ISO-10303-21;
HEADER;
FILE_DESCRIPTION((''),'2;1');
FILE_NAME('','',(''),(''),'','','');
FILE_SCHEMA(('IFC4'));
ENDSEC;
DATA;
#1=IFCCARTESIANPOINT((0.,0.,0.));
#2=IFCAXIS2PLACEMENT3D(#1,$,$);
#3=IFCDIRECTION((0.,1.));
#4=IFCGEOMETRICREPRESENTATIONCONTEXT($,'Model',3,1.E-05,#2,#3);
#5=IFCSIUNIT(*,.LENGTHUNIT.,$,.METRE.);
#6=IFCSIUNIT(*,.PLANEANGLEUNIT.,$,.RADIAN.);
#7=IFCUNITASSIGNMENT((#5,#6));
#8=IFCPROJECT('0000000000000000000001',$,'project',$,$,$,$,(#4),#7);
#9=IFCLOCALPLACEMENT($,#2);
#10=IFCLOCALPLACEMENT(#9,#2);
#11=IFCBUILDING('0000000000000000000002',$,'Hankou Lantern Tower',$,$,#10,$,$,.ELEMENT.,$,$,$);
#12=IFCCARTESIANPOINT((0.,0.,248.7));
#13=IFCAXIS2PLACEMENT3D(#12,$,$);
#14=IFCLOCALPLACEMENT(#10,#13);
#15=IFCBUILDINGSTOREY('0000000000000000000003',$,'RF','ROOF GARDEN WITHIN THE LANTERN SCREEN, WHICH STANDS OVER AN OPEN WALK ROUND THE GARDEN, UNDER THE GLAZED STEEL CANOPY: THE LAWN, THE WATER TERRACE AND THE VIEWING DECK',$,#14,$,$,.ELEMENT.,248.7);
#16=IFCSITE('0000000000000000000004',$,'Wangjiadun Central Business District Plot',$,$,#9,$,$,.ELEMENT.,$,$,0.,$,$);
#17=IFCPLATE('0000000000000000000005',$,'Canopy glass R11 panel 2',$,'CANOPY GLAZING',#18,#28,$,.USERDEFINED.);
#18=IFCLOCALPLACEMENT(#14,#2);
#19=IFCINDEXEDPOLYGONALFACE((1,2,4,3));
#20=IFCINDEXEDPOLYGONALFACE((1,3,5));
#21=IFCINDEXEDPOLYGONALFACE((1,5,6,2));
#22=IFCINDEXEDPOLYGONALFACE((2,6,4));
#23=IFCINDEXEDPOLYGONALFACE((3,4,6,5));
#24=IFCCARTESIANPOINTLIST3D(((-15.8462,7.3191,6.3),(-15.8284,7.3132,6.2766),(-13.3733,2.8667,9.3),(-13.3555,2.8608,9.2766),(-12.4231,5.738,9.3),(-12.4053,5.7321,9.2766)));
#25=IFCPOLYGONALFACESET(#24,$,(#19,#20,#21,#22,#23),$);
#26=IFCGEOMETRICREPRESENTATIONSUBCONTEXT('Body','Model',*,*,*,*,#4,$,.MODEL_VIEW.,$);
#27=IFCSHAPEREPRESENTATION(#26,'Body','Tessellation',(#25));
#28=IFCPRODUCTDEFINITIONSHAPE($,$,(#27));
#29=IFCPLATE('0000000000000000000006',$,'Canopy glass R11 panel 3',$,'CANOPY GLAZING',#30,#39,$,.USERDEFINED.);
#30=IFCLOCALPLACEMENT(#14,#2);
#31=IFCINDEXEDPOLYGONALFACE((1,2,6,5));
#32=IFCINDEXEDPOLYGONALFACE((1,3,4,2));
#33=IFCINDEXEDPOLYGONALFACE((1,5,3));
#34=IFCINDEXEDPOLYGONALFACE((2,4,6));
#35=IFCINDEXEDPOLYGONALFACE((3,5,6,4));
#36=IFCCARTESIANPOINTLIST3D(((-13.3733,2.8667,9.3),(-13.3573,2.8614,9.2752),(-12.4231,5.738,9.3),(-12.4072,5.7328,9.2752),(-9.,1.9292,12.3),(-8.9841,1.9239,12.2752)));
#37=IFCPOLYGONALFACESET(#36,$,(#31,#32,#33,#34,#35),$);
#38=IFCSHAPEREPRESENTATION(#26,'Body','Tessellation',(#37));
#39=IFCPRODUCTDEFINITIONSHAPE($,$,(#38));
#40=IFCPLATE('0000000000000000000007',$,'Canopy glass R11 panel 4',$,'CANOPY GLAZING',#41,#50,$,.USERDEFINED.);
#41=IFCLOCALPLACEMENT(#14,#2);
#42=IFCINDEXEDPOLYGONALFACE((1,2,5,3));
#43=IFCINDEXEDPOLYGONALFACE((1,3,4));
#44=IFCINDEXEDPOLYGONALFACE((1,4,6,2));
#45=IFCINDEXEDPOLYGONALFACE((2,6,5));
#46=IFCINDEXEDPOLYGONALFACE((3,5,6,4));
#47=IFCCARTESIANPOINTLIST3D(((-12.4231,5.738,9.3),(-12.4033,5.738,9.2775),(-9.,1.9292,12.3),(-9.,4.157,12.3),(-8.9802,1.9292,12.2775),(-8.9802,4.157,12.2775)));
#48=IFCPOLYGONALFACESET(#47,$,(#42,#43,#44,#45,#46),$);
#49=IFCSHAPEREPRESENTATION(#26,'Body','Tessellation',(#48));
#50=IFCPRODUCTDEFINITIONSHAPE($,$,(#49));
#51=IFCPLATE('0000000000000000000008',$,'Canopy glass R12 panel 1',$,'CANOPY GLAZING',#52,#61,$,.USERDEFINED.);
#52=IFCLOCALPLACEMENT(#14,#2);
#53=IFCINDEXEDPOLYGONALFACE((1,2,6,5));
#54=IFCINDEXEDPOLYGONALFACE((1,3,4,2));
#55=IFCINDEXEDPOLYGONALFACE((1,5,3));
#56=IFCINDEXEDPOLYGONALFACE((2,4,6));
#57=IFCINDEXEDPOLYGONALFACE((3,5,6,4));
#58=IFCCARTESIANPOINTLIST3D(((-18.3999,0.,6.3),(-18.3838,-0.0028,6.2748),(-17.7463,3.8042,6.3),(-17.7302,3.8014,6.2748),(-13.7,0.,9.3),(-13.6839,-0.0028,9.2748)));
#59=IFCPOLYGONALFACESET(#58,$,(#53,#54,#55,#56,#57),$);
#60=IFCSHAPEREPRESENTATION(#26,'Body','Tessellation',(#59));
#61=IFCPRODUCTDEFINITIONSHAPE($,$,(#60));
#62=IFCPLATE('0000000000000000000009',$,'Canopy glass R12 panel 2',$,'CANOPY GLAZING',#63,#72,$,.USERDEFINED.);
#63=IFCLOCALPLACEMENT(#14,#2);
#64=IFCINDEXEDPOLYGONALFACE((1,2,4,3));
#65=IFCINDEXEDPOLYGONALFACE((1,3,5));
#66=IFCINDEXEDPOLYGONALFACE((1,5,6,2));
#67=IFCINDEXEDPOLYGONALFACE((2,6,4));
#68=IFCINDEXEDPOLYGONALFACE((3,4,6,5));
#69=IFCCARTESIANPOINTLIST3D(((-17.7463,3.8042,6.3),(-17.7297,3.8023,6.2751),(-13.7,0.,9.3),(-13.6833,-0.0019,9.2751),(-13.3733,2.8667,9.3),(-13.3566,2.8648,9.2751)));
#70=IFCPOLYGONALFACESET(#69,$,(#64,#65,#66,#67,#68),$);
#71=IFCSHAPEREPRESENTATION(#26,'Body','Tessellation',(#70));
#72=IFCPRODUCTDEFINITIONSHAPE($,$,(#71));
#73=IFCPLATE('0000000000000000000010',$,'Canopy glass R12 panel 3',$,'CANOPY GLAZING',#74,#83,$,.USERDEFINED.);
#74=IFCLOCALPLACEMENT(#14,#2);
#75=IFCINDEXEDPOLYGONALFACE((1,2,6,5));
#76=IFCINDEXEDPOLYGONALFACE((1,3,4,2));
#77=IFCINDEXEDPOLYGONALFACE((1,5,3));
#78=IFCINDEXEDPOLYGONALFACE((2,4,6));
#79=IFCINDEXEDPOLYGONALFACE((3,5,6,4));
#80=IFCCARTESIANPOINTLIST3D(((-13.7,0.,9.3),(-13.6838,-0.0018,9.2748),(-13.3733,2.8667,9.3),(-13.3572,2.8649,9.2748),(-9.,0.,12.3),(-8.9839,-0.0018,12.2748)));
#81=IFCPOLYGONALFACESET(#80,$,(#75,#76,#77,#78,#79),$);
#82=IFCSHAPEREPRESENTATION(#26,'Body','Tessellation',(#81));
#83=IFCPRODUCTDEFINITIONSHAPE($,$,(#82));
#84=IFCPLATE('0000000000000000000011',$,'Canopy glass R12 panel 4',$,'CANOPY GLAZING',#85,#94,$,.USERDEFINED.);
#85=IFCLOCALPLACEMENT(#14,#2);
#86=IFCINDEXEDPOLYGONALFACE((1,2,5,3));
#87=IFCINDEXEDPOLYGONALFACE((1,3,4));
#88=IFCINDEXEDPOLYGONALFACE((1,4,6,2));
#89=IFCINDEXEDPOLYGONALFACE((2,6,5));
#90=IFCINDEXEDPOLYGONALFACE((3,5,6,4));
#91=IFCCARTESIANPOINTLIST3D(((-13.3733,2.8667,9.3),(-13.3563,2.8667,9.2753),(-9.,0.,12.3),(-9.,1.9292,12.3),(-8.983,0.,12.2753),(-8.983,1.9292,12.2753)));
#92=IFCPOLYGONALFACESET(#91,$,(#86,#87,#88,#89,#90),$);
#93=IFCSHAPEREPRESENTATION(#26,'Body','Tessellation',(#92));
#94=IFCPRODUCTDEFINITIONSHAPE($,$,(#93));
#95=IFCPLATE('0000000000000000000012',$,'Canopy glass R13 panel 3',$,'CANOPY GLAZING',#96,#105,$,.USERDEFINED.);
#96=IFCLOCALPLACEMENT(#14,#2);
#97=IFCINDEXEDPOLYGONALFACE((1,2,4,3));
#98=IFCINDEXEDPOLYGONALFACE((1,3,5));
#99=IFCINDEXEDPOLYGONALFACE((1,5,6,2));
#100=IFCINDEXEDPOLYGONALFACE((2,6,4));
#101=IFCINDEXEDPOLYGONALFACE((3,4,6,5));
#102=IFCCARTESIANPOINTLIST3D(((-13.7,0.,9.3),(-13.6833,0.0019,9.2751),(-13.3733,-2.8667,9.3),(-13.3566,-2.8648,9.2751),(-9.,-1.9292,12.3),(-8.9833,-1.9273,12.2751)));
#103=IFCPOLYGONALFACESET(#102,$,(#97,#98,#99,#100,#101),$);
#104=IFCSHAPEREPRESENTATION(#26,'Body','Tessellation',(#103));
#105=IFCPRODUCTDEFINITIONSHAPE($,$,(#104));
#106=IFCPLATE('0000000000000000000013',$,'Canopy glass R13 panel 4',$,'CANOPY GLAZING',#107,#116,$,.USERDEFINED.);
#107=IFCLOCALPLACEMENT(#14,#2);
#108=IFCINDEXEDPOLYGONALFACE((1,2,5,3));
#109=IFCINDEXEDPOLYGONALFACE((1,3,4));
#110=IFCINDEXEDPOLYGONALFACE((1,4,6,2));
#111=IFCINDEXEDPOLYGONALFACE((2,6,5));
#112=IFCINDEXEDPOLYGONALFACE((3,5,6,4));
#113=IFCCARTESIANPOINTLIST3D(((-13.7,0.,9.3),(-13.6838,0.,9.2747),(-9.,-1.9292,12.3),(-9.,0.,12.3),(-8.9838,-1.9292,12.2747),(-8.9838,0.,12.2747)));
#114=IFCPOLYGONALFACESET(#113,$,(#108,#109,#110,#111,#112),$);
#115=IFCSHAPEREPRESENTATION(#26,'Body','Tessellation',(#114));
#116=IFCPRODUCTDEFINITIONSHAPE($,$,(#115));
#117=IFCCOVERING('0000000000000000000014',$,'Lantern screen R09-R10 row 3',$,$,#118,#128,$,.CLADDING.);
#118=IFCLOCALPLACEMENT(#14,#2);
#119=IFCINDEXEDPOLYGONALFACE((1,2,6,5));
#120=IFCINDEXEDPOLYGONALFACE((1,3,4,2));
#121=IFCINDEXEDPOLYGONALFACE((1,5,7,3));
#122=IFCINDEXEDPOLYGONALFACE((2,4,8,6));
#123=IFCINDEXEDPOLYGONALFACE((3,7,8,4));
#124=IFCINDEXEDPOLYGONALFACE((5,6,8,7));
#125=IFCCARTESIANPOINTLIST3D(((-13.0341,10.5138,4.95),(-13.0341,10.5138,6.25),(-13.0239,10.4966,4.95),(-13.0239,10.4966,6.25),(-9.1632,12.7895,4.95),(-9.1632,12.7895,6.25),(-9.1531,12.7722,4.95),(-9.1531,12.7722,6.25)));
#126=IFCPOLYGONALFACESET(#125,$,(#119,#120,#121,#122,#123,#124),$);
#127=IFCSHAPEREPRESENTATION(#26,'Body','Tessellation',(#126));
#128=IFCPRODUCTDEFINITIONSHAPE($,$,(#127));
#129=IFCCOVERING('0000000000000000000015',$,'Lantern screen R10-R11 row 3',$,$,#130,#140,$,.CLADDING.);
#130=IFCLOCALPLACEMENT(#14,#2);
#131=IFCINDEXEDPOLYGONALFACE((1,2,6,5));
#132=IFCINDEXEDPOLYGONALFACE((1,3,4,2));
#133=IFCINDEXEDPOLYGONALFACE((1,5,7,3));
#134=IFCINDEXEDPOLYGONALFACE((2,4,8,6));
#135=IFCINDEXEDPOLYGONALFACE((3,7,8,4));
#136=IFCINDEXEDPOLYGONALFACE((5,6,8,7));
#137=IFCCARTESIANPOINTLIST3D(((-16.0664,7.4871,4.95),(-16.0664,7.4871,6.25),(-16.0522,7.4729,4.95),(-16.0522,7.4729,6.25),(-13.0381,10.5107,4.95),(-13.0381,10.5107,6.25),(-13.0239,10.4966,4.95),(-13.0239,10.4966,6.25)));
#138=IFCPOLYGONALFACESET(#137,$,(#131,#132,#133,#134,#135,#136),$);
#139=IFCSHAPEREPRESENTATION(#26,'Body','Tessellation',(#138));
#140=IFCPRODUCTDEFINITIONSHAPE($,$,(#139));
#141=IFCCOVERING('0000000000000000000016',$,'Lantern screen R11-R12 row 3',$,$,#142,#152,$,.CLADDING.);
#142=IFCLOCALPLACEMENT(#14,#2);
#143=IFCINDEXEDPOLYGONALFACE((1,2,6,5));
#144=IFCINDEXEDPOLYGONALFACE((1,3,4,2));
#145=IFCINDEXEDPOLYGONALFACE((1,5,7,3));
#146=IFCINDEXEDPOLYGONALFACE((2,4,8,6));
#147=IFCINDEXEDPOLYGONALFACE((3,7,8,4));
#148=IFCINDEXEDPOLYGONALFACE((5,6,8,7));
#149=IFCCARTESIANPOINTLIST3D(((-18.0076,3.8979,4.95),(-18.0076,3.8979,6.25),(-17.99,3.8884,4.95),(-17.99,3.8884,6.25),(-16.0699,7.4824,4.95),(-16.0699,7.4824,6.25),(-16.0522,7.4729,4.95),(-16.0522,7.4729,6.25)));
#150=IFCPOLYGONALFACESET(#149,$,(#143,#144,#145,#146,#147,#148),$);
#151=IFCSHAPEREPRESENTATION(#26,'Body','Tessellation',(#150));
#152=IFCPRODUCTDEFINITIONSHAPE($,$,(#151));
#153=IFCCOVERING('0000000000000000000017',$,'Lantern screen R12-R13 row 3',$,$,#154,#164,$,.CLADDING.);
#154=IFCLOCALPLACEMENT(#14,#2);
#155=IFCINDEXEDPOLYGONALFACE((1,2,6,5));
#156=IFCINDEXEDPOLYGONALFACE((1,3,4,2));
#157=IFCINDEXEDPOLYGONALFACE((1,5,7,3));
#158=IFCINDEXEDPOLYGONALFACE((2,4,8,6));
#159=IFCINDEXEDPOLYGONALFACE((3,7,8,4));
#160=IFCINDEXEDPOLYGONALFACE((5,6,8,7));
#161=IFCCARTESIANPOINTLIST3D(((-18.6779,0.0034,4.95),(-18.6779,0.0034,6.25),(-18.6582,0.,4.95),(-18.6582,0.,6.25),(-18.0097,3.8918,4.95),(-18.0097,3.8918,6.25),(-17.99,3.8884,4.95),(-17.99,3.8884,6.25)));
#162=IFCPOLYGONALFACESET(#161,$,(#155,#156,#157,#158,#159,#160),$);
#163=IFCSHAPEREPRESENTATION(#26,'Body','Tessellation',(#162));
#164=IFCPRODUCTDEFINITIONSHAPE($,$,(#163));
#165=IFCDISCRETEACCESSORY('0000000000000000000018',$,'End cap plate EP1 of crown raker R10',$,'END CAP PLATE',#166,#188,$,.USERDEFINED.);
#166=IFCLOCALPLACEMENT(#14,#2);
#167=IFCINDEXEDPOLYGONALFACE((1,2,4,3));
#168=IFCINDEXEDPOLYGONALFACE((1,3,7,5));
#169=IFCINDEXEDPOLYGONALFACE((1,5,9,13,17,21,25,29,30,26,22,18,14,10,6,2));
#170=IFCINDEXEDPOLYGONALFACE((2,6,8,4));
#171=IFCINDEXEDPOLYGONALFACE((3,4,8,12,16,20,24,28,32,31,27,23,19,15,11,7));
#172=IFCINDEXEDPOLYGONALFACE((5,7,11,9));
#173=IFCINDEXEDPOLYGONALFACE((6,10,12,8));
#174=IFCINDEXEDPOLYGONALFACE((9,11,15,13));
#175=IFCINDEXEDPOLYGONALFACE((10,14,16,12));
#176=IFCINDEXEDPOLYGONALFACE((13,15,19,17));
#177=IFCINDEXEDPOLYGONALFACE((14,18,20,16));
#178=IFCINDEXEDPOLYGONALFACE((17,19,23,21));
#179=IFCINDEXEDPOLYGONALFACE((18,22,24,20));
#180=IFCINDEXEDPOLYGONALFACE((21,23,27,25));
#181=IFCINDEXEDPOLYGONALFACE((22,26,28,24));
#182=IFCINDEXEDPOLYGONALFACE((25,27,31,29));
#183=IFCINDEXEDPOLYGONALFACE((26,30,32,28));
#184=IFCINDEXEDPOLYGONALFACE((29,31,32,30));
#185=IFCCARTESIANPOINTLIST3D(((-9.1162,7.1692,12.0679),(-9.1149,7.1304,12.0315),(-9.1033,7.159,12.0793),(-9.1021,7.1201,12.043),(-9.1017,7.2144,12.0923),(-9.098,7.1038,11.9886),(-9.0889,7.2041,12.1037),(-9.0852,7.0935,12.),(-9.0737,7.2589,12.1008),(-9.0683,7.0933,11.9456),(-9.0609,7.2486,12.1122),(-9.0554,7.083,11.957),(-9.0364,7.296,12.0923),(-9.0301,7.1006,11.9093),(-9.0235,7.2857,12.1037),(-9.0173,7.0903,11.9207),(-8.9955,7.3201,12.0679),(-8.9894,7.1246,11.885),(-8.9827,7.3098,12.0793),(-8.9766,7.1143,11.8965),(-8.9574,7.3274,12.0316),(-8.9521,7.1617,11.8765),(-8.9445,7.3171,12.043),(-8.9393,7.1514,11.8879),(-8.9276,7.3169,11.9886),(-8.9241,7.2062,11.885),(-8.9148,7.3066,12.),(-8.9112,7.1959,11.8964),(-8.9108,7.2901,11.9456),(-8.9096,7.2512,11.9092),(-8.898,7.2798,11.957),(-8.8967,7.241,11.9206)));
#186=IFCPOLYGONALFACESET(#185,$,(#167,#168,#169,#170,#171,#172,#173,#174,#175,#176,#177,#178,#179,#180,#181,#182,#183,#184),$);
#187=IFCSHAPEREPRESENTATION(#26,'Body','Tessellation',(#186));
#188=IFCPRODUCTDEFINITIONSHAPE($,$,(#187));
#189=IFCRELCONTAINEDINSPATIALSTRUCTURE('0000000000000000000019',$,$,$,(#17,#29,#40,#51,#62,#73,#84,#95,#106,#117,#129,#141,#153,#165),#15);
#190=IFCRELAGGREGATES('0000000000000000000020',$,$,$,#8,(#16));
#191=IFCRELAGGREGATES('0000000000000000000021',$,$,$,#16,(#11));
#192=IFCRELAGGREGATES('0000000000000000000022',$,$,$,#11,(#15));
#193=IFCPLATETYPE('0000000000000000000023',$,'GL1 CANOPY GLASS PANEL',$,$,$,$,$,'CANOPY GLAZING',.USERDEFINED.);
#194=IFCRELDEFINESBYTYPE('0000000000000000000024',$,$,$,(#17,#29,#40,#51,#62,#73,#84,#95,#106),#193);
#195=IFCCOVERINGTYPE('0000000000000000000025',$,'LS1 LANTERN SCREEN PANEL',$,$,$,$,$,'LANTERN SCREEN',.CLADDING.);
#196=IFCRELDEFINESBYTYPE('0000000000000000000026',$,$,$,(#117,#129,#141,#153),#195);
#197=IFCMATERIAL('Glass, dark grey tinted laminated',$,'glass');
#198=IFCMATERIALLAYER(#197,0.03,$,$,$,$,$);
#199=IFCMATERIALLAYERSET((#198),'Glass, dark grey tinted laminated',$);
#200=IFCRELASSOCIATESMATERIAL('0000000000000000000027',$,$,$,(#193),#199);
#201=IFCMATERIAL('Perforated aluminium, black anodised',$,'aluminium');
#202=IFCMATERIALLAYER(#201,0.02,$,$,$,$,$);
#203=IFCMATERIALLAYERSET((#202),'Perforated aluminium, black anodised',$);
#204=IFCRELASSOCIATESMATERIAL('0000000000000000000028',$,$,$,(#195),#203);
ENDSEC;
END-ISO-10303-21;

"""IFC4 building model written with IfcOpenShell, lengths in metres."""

from ifc_helpers import new_model, si_unit, direction, frame, origin, place, context, subcontext, project, spatial, polyline, outline, extrude, material, layer, layer_set, type_object, element, save


model = new_model("IFC4")

# Units and contexts
model_context = context("Model", 3, precision=1e-05, world=origin(), true_north=direction((0.0, 1.0)))
body_context = subcontext(model_context, "Body", "Model", "MODEL_VIEW")
ifc_project = project(units=[si_unit("LENGTHUNIT", "METRE"), si_unit("PLANEANGLEUNIT", "RADIAN")], contexts=[model_context])

# Site, building, storey
site_placement = place(None, origin())
site = spatial("IfcSite", under=ifc_project, at=site_placement, Name="Wangjiadun Central Business District Plot", CompositionType="ELEMENT", RefElevation=0.0)
building_placement = place(site_placement, origin())
building = spatial("IfcBuilding", under=site, at=building_placement, Name="Hankou Lantern Tower", CompositionType="ELEMENT")
storey_placement = place(building_placement, frame((0.0, 0.0, 248.7)))
storey = spatial("IfcBuildingStorey", under=building, at=storey_placement, Name="RF", Description="ROOF GARDEN WITHIN THE LANTERN SCREEN, WHICH STANDS OVER AN OPEN WALK ROUND THE GARDEN, UNDER THE GLAZED STEEL CANOPY: THE LAWN, THE WATER TERRACE AND THE VIEWING DECK", CompositionType="ELEMENT", Elevation=248.7)

# Plates
ifc_material_1 = material(Name="Glass, dark grey tinted laminated", Category="glass")
ifc_layer_1 = layer(ifc_material_1, 0.03)
ifc_layer_set_1 = layer_set([ifc_layer_1], Name="Glass, dark grey tinted laminated")
plate_type = type_object("IfcPlateType", Name="GL1 CANOPY GLASS PANEL", ElementType="CANOPY GLAZING", PredefinedType="USERDEFINED", material=ifc_layer_set_1)
plate_1_placement = place(storey_placement, frame((-15.8462, 7.3191, 6.3), z_axis=(-0.593403, 0.196372, 0.780584), x_axis=(0.418361, -0.753248, 0.507535)))
element("IfcPlate", 1, at=plate_1_placement, inside=storey, type_object=plate_type, Name="Canopy glass R11 panel 2", ObjectType="CANOPY GLAZING", PredefinedType="USERDEFINED", context=body_context, shape_type="SweptSolid", body=[
    extrude(outline(polyline([(0.0, 0.0), (5.9109, 0.0), (4.1456, 2.4558), (0.0, 0.0)])), origin(), (0.0, 0.0, -1.0), 0.03),
])
plate_2_placement = place(storey_placement, frame((-12.4231, 5.738, 9.3), z_axis=(-0.530985, 0.175716, 0.828962), x_axis=(-0.314169, -0.949367, 0.0)))
element("IfcPlate", 2, at=plate_2_placement, inside=storey, type_object=plate_type, Name="Canopy glass R11 panel 3", ObjectType="CANOPY GLAZING", PredefinedType="USERDEFINED", context=body_context, shape_type="SweptSolid", body=[
    extrude(outline(polyline([(0.0, 0.0), (3.0245, 0.0), (2.5406, 5.3638), (0.0, 0.0)])), origin(), (0.0, 0.0, -1.0), 0.03),
])
plate_3_placement = place(storey_placement, frame((-12.4231, 5.738, 9.3), z_axis=(-0.659101, 0.0, 0.752055), x_axis=(0.576759, -0.641753, 0.505472)))
element("IfcPlate", 3, at=plate_3_placement, inside=storey, type_object=plate_type, Name="Canopy glass R11 panel 4", ObjectType="CANOPY GLAZING", PredefinedType="USERDEFINED", context=body_context, shape_type="SweptSolid", body=[
    extrude(outline(polyline([(0.0, 0.0), (5.9351, 0.0), (4.5054, 1.7085), (0.0, 0.0)])), origin(), (0.0, 0.0, -1.0), 0.03),
])
plate_4_placement = place(storey_placement, frame((-17.7463, 3.8042, 6.3), z_axis=(-0.535755, 0.092043, 0.839341), x_axis=(-0.16932, -0.985561, 0.0)))
element("IfcPlate", 4, at=plate_4_placement, inside=storey, type_object=plate_type, Name="Canopy glass R12 panel 1", ObjectType="CANOPY GLAZING", PredefinedType="USERDEFINED", context=body_context, shape_type="SweptSolid", body=[
    extrude(outline(polyline([(0.0, 0.0), (3.8599, 0.0), (3.0641, 5.5187), (0.0, 0.0)])), origin(), (0.0, 0.0, -1.0), 0.03),
])
plate_5_placement = place(storey_placement, frame((-17.7463, 3.8042, 6.3), z_axis=(-0.555307, 0.063277, 0.829235), x_axis=(0.641032, -0.602664, 0.475262)))
element("IfcPlate", 5, at=plate_5_placement, inside=storey, type_object=plate_type, Name="Canopy glass R12 panel 2", ObjectType="CANOPY GLAZING", PredefinedType="USERDEFINED", context=body_context, shape_type="SweptSolid", body=[
    extrude(outline(polyline([(0.0, 0.0), (6.3123, 0.0), (4.794, 2.4535), (0.0, 0.0)])), origin(), (0.0, 0.0, -1.0), 0.03),
])
plate_6_placement = place(storey_placement, frame((-13.3733, 2.8667, 9.3), z_axis=(-0.537031, 0.061195, 0.84134), x_axis=(-0.113217, -0.99357, 0.0)))
element("IfcPlate", 6, at=plate_6_placement, inside=storey, type_object=plate_type, Name="Canopy glass R12 panel 3", ObjectType="CANOPY GLAZING", PredefinedType="USERDEFINED", context=body_context, shape_type="SweptSolid", body=[
    extrude(outline(polyline([(0.0, 0.0), (2.8853, 0.0), (2.3531, 5.5504), (0.0, 0.0)])), origin(), (0.0, 0.0, -1.0), 0.03),
])
plate_7_placement = place(storey_placement, frame((-13.3733, 2.8667, 9.3), z_axis=(-0.565679, 0.0, 0.824626), x_axis=(0.725428, -0.475519, 0.497631)))
element("IfcPlate", 7, at=plate_7_placement, inside=storey, type_object=plate_type, Name="Canopy glass R12 panel 4", ObjectType="CANOPY GLAZING", PredefinedType="USERDEFINED", context=body_context, shape_type="SweptSolid", body=[
    extrude(outline(polyline([(0.0, 0.0), (6.0286, 0.0), (5.1112, 1.6971), (0.0, 0.0)])), origin(), (0.0, 0.0, -1.0), 0.03),
])
plate_8_placement = place(storey_placement, frame((-13.7, 0.0, 9.3), z_axis=(-0.555286, -0.063275, 0.829249), x_axis=(0.113217, -0.99357, 0.0)))
element("IfcPlate", 8, at=plate_8_placement, inside=storey, type_object=plate_type, Name="Canopy glass R13 panel 3", ObjectType="CANOPY GLAZING", PredefinedType="USERDEFINED", context=body_context, shape_type="SweptSolid", body=[
    extrude(outline(polyline([(0.0, 0.0), (2.8853, 0.0), (2.4489, 5.3679), (0.0, 0.0)])), origin(), (0.0, 0.0, -1.0), 0.03),
])
plate_9_placement = place(storey_placement, frame((-13.7, 0.0, 9.3), z_axis=(-0.538039, 0.0, 0.84292), x_axis=(0.796586, -0.326977, 0.508465)))
element("IfcPlate", 9, at=plate_9_placement, inside=storey, type_object=plate_type, Name="Canopy glass R13 panel 4", ObjectType="CANOPY GLAZING", PredefinedType="USERDEFINED", context=body_context, shape_type="SweptSolid", body=[
    extrude(outline(polyline([(0.0, 0.0), (5.9001, 0.0), (5.2693, 1.8232), (0.0, 0.0)])), origin(), (0.0, 0.0, -1.0), 0.03),
])

# Coverings
ifc_material_2 = material(Name="Perforated aluminium, black anodised", Category="aluminium")
ifc_layer_2 = layer(ifc_material_2, 0.02)
ifc_layer_set_2 = layer_set([ifc_layer_2], Name="Perforated aluminium, black anodised")
covering_type = type_object("IfcCoveringType", Name="LS1 LANTERN SCREEN PANEL", ElementType="LANTERN SCREEN", PredefinedType="CLADDING", material=ifc_layer_set_2)
covering_1_placement = place(storey_placement, frame((-9.1531, 12.7722, 4.95), z_axis=(0.506799, -0.862064, 0.0), x_axis=(-0.862064, -0.506799, 0.0)))
element("IfcCovering", 10, at=covering_1_placement, inside=storey, type_object=covering_type, Name="Lantern screen R09-R10 row 3", PredefinedType="CLADDING", context=body_context, shape_type="SweptSolid", body=[
    extrude(outline(polyline([(0.0, 0.0), (4.4902, 0.0), (4.4902, -1.3), (0.0, -1.3), (0.0, 0.0)])), origin(), (0.0, 0.0, -1.0), 0.02),
])
covering_2_placement = place(storey_placement, frame((-13.0239, 10.4966, 4.95), z_axis=(0.706565, -0.707649, 0.0), x_axis=(-0.707649, -0.706565, 0.0)))
element("IfcCovering", 11, at=covering_2_placement, inside=storey, type_object=covering_type, Name="Lantern screen R10-R11 row 3", PredefinedType="CLADDING", context=body_context, shape_type="SweptSolid", body=[
    extrude(outline(polyline([(0.0, 0.0), (4.2794, 0.0), (4.2794, -1.3), (0.0, -1.3), (0.0, 0.0)])), origin(), (0.0, 0.0, -1.0), 0.02),
])
covering_3_placement = place(storey_placement, frame((-16.0522, 7.4729, 4.95), z_axis=(0.879687, -0.475553, 0.0), x_axis=(-0.475553, -0.879687, 0.0)))
element("IfcCovering", 12, at=covering_3_placement, inside=storey, type_object=covering_type, Name="Lantern screen R11-R12 row 3", PredefinedType="CLADDING", context=body_context, shape_type="SweptSolid", body=[
    extrude(outline(polyline([(0.0, 0.0), (4.0747, 0.0), (4.0747, -1.3), (0.0, -1.3), (0.0, 0.0)])), origin(), (0.0, 0.0, -1.0), 0.02),
])
covering_4_placement = place(storey_placement, frame((-17.99, 3.8884, 4.95), z_axis=(0.985554, -0.169364, 0.0), x_axis=(-0.169364, -0.985554, 0.0)))
element("IfcCovering", 13, at=covering_4_placement, inside=storey, type_object=covering_type, Name="Lantern screen R12-R13 row 3", PredefinedType="CLADDING", context=body_context, shape_type="SweptSolid", body=[
    extrude(outline(polyline([(0.0, 0.0), (3.9454, 0.0), (3.9454, -1.3), (0.0, -1.3), (0.0, 0.0)])), origin(), (0.0, 0.0, -1.0), 0.02),
])

# Discrete accessory
discrete_accessory_placement = place(storey_placement, frame((-9.0852, 7.0935, 12.0), z_axis=(0.641608, -0.513257, 0.570006), x_axis=(0.558473, -0.196806, -0.805838)))
element("IfcDiscreteAccessory", 14, at=discrete_accessory_placement, inside=storey, Name="End cap plate EP1 of crown raker R10", ObjectType="END CAP PLATE", PredefinedType="USERDEFINED", context=body_context, shape_type="SweptSolid", body=[
    extrude(outline(polyline([(0.0, 0.0), (0.0533, 0.0), (0.1025, 0.0203), (0.14, 0.0579), (0.1605, 0.1071), (0.1605, 0.1604), (0.1402, 0.2096), (0.1025, 0.2472), (0.0532, 0.2676), (-0.0001, 0.2676), (-0.0492, 0.2473), (-0.0869, 0.2096), (-0.1074, 0.1604), (-0.1074, 0.1071), (-0.0869, 0.0579), (-0.0493, 0.0203), (0.0, 0.0)])), origin(), (0.0, 0.0, -1.0), 0.02),
])

save(model, "model.ifc")
